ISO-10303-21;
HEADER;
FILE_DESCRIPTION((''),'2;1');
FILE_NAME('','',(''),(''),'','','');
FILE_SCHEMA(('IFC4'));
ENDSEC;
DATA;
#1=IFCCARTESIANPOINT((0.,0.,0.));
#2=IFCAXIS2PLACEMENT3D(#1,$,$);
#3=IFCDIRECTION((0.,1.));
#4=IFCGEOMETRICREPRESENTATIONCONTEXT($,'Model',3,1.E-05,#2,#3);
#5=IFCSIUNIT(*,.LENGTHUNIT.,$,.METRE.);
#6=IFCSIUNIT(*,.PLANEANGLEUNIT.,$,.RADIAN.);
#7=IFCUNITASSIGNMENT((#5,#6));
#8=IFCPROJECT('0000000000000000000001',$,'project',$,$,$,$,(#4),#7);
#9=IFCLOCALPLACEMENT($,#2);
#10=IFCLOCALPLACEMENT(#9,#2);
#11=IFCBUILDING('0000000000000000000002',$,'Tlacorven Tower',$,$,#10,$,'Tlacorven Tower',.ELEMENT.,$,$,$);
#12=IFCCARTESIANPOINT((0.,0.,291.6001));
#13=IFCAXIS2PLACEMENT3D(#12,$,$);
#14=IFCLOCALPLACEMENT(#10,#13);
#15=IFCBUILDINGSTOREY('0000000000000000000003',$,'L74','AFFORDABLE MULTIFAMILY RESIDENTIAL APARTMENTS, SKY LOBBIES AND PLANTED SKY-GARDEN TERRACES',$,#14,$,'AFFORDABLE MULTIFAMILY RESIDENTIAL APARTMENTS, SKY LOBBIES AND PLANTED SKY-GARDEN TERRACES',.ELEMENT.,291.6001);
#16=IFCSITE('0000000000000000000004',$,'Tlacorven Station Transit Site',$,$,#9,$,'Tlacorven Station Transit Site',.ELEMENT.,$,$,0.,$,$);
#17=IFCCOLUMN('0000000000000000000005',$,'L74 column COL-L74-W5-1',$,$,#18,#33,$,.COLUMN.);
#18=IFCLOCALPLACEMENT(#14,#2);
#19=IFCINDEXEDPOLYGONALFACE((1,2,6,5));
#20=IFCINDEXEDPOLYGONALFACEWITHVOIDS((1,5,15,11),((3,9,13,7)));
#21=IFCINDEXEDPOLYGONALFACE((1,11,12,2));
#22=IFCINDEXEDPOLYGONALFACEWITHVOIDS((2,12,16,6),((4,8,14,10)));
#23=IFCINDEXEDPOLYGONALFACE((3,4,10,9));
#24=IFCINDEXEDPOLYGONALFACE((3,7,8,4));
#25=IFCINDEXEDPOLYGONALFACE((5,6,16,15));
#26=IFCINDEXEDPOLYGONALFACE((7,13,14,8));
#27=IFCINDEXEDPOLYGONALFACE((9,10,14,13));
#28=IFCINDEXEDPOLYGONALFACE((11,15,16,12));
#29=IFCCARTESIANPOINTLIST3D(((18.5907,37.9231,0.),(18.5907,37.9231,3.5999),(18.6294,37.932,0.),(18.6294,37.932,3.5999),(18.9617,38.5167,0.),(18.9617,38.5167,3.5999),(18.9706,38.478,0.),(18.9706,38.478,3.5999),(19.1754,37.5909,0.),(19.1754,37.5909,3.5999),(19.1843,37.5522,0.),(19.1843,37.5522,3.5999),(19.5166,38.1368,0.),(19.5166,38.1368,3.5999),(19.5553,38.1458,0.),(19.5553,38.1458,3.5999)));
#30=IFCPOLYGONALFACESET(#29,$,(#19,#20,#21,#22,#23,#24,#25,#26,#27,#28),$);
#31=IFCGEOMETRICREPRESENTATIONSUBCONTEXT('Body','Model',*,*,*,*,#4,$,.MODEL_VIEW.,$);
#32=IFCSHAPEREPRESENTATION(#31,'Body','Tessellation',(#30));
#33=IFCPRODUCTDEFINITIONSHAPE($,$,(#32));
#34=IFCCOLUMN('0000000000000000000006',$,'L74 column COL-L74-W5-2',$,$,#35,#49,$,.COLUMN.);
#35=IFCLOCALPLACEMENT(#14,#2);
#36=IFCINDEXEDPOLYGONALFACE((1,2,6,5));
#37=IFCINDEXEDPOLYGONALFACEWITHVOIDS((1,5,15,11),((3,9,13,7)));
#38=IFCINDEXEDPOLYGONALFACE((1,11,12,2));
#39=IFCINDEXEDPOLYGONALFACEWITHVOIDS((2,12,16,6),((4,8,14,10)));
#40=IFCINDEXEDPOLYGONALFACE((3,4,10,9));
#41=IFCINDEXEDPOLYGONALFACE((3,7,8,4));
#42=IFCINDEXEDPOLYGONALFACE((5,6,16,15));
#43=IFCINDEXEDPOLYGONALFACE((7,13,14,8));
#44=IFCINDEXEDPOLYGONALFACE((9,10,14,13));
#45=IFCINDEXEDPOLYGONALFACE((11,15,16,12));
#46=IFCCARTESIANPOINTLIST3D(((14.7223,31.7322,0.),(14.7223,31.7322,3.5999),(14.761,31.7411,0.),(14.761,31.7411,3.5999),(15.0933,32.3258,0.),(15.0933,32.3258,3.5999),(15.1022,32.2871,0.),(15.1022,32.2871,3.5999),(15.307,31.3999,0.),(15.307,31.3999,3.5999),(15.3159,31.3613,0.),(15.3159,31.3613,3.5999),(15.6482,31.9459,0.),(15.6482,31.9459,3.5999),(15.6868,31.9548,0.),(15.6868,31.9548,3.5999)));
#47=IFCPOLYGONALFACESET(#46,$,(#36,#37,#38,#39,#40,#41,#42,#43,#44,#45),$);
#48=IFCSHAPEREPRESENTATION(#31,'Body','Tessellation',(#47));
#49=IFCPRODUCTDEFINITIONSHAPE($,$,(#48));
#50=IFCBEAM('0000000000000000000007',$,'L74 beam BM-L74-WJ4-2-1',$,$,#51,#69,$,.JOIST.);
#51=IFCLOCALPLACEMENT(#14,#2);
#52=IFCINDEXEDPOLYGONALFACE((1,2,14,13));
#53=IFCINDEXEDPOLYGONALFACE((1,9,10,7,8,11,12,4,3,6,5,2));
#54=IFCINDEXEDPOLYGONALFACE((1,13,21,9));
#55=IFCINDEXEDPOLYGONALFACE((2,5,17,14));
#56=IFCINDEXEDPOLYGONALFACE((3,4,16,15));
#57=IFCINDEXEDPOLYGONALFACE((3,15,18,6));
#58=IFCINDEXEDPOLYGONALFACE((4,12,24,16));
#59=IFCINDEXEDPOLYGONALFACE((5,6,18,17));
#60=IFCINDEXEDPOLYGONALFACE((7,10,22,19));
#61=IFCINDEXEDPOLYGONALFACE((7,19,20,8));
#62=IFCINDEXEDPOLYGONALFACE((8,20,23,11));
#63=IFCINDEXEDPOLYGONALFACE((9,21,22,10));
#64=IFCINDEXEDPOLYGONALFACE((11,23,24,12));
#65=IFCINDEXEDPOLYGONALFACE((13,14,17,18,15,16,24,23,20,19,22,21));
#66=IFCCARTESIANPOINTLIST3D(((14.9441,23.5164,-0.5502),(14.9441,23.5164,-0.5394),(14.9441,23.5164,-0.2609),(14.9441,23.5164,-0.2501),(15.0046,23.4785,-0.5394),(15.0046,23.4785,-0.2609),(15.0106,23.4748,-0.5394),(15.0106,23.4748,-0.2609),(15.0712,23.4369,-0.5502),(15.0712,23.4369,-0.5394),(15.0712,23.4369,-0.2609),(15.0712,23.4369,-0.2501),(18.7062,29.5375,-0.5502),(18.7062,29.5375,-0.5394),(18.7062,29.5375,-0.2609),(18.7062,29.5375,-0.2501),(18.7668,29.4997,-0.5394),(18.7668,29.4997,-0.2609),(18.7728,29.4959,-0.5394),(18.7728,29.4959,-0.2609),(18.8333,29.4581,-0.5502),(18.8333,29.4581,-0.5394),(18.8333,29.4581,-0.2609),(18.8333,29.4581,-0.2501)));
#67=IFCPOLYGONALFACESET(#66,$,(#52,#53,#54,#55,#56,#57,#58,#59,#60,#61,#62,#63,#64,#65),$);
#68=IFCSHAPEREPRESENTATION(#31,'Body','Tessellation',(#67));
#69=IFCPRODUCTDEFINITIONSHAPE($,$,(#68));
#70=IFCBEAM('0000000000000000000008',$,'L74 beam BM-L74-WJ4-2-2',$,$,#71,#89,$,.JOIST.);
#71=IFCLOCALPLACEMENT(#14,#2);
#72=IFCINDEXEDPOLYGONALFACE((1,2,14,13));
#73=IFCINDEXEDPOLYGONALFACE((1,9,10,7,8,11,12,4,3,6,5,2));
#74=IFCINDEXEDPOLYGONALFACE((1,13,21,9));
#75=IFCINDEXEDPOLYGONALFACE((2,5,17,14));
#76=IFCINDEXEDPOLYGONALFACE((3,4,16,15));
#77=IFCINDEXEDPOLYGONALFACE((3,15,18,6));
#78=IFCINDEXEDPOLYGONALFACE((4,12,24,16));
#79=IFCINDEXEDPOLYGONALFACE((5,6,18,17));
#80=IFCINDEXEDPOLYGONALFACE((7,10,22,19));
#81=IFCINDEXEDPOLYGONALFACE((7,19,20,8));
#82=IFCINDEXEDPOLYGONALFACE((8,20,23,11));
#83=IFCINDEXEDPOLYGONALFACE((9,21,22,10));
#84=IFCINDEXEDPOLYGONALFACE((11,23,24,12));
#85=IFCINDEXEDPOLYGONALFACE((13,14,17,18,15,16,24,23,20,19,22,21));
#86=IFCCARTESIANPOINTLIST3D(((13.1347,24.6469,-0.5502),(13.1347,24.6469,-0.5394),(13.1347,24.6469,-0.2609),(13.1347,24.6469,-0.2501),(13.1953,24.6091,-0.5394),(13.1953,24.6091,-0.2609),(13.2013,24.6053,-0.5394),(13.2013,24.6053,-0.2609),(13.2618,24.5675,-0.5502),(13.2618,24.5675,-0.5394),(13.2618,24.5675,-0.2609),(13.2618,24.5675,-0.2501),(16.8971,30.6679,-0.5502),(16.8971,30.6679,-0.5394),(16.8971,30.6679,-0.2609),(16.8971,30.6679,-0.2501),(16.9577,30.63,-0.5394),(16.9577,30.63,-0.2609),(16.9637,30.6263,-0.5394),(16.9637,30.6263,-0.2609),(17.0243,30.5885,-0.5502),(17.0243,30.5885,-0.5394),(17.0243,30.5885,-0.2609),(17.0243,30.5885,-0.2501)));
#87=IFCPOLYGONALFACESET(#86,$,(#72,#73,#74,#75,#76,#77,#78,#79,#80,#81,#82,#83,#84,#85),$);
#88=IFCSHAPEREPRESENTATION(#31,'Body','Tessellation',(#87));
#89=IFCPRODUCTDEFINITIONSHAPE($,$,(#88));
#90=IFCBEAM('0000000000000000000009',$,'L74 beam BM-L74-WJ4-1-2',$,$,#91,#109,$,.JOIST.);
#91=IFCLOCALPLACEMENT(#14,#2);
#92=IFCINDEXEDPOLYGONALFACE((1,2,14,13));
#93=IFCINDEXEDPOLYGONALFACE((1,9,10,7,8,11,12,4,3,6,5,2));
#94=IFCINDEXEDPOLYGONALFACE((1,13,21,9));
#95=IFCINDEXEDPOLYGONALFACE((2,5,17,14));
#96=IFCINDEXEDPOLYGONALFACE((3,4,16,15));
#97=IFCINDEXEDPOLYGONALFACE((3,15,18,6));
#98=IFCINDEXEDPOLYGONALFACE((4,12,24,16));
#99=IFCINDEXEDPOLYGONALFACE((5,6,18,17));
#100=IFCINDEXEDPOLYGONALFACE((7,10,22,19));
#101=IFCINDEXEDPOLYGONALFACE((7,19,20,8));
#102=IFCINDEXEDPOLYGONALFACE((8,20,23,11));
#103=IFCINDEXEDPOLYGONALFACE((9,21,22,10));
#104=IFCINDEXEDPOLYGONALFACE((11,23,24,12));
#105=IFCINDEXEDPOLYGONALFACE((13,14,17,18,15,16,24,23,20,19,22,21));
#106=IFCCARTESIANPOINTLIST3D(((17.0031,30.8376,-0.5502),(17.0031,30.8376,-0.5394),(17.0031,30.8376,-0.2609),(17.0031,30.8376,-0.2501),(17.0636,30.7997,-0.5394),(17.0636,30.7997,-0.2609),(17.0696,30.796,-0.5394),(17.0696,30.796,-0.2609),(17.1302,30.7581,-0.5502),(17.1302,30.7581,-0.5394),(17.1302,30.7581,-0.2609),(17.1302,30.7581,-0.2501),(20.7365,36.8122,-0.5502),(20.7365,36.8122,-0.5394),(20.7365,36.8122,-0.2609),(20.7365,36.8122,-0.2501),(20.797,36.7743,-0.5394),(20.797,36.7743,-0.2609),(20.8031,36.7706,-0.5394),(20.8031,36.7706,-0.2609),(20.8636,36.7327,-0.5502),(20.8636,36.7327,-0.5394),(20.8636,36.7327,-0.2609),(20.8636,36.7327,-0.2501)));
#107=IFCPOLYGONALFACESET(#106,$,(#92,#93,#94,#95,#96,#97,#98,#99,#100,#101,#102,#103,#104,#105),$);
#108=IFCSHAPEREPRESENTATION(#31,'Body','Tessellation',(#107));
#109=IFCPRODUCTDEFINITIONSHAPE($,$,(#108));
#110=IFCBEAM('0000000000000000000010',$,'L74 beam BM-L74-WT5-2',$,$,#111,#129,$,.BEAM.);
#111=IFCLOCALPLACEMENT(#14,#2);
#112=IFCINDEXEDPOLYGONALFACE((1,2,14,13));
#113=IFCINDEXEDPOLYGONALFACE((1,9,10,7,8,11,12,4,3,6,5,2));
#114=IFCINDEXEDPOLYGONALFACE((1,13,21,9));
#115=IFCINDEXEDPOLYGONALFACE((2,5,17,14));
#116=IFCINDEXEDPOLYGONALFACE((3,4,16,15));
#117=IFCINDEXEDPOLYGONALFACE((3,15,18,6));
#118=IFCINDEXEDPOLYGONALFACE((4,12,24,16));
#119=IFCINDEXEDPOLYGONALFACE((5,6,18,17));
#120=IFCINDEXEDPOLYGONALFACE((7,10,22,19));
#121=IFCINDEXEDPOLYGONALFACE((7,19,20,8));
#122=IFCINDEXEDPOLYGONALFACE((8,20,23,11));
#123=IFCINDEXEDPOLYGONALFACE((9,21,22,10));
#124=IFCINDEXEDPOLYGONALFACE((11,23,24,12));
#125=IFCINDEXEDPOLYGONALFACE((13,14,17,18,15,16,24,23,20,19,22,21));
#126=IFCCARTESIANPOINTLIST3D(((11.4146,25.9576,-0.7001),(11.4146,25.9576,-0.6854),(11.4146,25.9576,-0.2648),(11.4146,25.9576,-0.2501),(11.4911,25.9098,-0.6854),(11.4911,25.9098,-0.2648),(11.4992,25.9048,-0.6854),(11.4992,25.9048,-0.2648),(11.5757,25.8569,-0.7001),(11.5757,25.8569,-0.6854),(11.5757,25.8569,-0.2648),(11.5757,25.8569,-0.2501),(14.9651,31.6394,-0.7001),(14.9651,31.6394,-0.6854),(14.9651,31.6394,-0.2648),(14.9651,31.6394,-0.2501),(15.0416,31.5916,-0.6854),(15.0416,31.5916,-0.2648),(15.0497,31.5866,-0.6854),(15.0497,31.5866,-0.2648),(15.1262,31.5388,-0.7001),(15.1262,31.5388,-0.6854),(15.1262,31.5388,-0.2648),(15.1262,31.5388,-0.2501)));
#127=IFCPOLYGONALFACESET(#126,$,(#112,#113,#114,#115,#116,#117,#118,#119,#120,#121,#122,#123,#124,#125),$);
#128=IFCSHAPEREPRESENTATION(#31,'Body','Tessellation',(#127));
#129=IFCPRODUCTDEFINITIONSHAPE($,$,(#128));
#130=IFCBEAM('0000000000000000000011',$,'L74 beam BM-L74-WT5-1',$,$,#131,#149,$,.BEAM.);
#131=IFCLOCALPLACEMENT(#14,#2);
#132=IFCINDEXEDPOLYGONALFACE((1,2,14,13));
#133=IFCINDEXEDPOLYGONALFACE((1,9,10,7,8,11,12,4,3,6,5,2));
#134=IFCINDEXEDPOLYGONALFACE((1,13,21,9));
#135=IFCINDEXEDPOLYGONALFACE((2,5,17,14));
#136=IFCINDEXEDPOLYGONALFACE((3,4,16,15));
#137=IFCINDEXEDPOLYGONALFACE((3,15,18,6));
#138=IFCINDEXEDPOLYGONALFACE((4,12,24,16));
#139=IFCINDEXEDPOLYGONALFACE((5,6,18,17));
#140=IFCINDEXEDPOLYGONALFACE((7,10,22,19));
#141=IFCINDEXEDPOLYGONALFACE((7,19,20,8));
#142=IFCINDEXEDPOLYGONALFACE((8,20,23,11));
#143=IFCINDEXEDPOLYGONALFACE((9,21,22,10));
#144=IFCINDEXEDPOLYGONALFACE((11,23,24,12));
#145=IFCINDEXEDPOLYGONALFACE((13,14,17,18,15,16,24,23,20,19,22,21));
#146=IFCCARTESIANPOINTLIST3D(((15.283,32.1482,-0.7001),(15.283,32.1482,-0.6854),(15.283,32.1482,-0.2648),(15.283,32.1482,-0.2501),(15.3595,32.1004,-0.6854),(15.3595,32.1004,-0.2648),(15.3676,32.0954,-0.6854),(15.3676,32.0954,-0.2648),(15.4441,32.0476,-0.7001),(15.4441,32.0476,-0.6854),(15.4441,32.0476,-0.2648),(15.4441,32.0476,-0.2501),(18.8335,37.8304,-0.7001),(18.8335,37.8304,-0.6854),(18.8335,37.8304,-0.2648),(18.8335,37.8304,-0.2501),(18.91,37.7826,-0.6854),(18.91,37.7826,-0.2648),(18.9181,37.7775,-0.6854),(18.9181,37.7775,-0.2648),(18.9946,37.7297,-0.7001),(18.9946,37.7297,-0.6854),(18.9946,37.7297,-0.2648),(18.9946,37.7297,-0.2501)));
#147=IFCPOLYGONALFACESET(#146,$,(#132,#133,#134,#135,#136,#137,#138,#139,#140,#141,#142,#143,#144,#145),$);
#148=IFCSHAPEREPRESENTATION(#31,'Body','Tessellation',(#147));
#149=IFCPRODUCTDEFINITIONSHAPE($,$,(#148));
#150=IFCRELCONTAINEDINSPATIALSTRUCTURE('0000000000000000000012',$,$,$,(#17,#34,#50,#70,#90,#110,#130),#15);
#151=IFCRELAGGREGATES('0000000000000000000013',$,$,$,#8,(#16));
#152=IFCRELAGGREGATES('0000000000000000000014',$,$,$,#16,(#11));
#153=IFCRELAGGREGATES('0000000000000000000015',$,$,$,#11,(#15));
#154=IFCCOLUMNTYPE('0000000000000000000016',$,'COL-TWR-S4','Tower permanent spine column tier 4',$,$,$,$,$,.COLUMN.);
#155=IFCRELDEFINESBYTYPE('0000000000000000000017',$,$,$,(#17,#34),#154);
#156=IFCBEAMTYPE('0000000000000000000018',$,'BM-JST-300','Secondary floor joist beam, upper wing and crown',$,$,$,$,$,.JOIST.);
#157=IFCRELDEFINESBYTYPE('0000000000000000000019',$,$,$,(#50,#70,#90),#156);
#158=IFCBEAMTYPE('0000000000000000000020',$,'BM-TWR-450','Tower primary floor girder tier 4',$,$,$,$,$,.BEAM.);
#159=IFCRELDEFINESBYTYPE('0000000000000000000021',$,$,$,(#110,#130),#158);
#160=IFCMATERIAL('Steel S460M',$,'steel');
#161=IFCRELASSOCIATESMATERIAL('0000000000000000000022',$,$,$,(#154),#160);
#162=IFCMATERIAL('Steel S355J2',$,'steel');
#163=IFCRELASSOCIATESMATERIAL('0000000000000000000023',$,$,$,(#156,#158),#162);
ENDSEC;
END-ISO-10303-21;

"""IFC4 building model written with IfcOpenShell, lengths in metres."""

from ifc_helpers import new_model, si_unit, direction, frame, origin, origin_2d, place, context, subcontext, project, spatial, hollow_rectangle, i_section, extrude, source, transform, mapped, material, material_profile, profile_set, type_object, element, save


model = new_model("IFC4")

# Units and contexts
model_context = context("Model", 3, precision=1e-05, world=origin(), true_north=direction((0.0, 1.0)))
body_context = subcontext(model_context, "Body", "Model", "MODEL_VIEW")
ifc_project = project(units=[si_unit("LENGTHUNIT", "METRE"), si_unit("PLANEANGLEUNIT", "RADIAN")], contexts=[model_context])

# Site, building, storey
site_placement = place(None, origin())
site = spatial("IfcSite", under=ifc_project, at=site_placement, Name="Tlacorven Station Transit Site", LongName="Tlacorven Station Transit Site", CompositionType="ELEMENT", RefElevation=0.0)
building_placement = place(site_placement, origin())
building = spatial("IfcBuilding", under=site, at=building_placement, Name="Tlacorven Tower", LongName="Tlacorven Tower", CompositionType="ELEMENT")
storey_placement = place(building_placement, frame((0.0, 0.0, 291.6001)))
storey = spatial("IfcBuildingStorey", under=building, at=storey_placement, Name="L74", Description="AFFORDABLE MULTIFAMILY RESIDENTIAL APARTMENTS, SKY LOBBIES AND PLANTED SKY-GARDEN TERRACES", LongName="AFFORDABLE MULTIFAMILY RESIDENTIAL APARTMENTS, SKY LOBBIES AND PLANTED SKY-GARDEN TERRACES", CompositionType="ELEMENT", Elevation=291.6001)

# Columns
ifc_material_1 = material(Name="Steel S460M", Category="steel")
ifc_material_profile_1 = material_profile(ifc_material_1, hollow_rectangle(XDim=0.7, YDim=0.7, WallThickness=0.0281, at=origin_2d()), Name="BOX 700X700X28")
ifc_profile_set_1 = profile_set([ifc_material_profile_1], Name="Steel S460M")
column_type = type_object("IfcColumnType", Name="COL-TWR-S4", Description="Tower permanent spine column tier 4", PredefinedType="COLUMN", material=ifc_profile_set_1)
shared_shape_1 = source(origin(), body_context, "Body", "SweptSolid", [
    extrude(hollow_rectangle(XDim=0.7, YDim=0.7, WallThickness=0.0281, at=origin_2d()), origin(), (0.0, 0.0, 1.0), 3.5999),
])
for number, where, z_axis, x_axis, name in (
    (1, (19.073, 38.0344, 0.0), (0.0, 0.0, 1.0), (-0.848048, 0.529919, 0.0), "L74 column COL-L74-W5-1"),
    (2, (15.2046, 31.8435, 0.0), (0.0, 0.0, 1.0), (-0.848048, 0.529919, 0.0), "L74 column COL-L74-W5-2"),
):
    element("IfcColumn", number, at=place(storey_placement, frame(where, z_axis=z_axis, x_axis=x_axis)), inside=storey, type_object=column_type, Name=name, PredefinedType="COLUMN", context=body_context, shape_type="MappedRepresentation", body=[
        mapped(shared_shape_1, transform((0.0, 0.0, 0.0), scale=1.0)),
    ])

# Beams
ifc_material_2 = material(Name="Steel S355J2", Category="steel")
ifc_material_profile_2 = material_profile(ifc_material_2, i_section(OverallWidth=0.1499, OverallDepth=0.3, WebThickness=0.0071, FlangeThickness=0.0107, at=origin_2d()), Name="IPE 300")
ifc_profile_set_2 = profile_set([ifc_material_profile_2], Name="Steel S355J2")
beam_type_1 = type_object("IfcBeamType", Name="BM-JST-300", Description="Secondary floor joist beam, upper wing and crown", PredefinedType="JOIST", material=ifc_profile_set_2)
shared_shape_2 = source(origin(), body_context, "Body", "SweptSolid", [
    extrude(i_section(OverallWidth=0.1499, OverallDepth=0.3, WebThickness=0.0071, FlangeThickness=0.0107, at=origin_2d()), origin(), (0.0, 0.0, 1.0), 7.0999),
])
for number, where, z_axis, x_axis, name in (
    (3, (18.7698, 29.4978, -0.4001), (-0.529891, -0.848066, 0.0), (0.848066, -0.529891, 0.0), "L74 beam BM-L74-WJ4-2-1"),
    (4, (16.9607, 30.6282, -0.4001), (-0.529931, -0.848041, 0.0), (0.848041, -0.529931, 0.0), "L74 beam BM-L74-WJ4-2-2"),
):
    element("IfcBeam", number, at=place(storey_placement, frame(where, z_axis=z_axis, x_axis=x_axis)), inside=storey, type_object=beam_type_1, Name=name, PredefinedType="JOIST", context=body_context, shape_type="MappedRepresentation", body=[
        mapped(shared_shape_2, transform((0.0, 0.0, 0.0), scale=1.0)),
    ])
shared_shape_3 = source(origin(), body_context, "Body", "SweptSolid", [
    extrude(i_section(OverallWidth=0.1499, OverallDepth=0.3, WebThickness=0.0071, FlangeThickness=0.0107, at=origin_2d()), origin(), (0.0, 0.0, 1.0), 7.0452),
])
beam_1_placement = place(storey_placement, frame((20.8, 36.7725, -0.4001), z_axis=(-0.529924, -0.848045, 0.0), x_axis=(0.848045, -0.529924, 0.0)))
element("IfcBeam", 5, at=beam_1_placement, inside=storey, type_object=beam_type_1, Name="L74 beam BM-L74-WJ4-1-2", PredefinedType="JOIST", context=body_context, shape_type="MappedRepresentation", body=[
    mapped(shared_shape_3, transform((0.0, 0.0, 0.0), scale=1.0)),
])
ifc_material_profile_3 = material_profile(ifc_material_2, i_section(OverallWidth=0.1899, OverallDepth=0.45, WebThickness=0.0095, FlangeThickness=0.0146, at=origin_2d()), Name="IPE 450")
ifc_profile_set_3 = profile_set([ifc_material_profile_3], Name="Steel S355J2")
beam_type_2 = type_object("IfcBeamType", Name="BM-TWR-450", Description="Tower primary floor girder tier 4", PredefinedType="BEAM", material=ifc_profile_set_3)
shared_shape_4 = source(origin(), body_context, "Body", "SweptSolid", [
    extrude(i_section(OverallWidth=0.1899, OverallDepth=0.45, WebThickness=0.0095, FlangeThickness=0.0146, at=origin_2d()), origin(), (0.0, 0.0, 1.0), 6.7),
])
beam_2_placement = place(storey_placement, frame((15.0457, 31.5891, -0.4751), z_axis=(-0.52993, -0.848041, 0.0), x_axis=(0.848041, -0.52993, 0.0)))
element("IfcBeam", 6, at=beam_2_placement, inside=storey, type_object=beam_type_2, Name="L74 beam BM-L74-WT5-2", PredefinedType="BEAM", context=body_context, shape_type="MappedRepresentation", body=[
    mapped(shared_shape_4, transform((0.0, 0.0, 0.0), scale=1.0)),
])
shared_shape_5 = source(origin(), body_context, "Body", "SweptSolid", [
    extrude(i_section(OverallWidth=0.1899, OverallDepth=0.45, WebThickness=0.0095, FlangeThickness=0.0146, at=origin_2d()), origin(), (0.0, 0.0, 1.0), 6.7002),
])
beam_3_placement = place(storey_placement, frame((18.9141, 37.78, -0.4751), z_axis=(-0.529914, -0.848052, 0.0), x_axis=(0.848052, -0.529914, 0.0)))
element("IfcBeam", 7, at=beam_3_placement, inside=storey, type_object=beam_type_2, Name="L74 beam BM-L74-WT5-1", PredefinedType="BEAM", context=body_context, shape_type="MappedRepresentation", body=[
    mapped(shared_shape_5, transform((0.0, 0.0, 0.0), scale=1.0)),
])

save(model, "model.ifc")
